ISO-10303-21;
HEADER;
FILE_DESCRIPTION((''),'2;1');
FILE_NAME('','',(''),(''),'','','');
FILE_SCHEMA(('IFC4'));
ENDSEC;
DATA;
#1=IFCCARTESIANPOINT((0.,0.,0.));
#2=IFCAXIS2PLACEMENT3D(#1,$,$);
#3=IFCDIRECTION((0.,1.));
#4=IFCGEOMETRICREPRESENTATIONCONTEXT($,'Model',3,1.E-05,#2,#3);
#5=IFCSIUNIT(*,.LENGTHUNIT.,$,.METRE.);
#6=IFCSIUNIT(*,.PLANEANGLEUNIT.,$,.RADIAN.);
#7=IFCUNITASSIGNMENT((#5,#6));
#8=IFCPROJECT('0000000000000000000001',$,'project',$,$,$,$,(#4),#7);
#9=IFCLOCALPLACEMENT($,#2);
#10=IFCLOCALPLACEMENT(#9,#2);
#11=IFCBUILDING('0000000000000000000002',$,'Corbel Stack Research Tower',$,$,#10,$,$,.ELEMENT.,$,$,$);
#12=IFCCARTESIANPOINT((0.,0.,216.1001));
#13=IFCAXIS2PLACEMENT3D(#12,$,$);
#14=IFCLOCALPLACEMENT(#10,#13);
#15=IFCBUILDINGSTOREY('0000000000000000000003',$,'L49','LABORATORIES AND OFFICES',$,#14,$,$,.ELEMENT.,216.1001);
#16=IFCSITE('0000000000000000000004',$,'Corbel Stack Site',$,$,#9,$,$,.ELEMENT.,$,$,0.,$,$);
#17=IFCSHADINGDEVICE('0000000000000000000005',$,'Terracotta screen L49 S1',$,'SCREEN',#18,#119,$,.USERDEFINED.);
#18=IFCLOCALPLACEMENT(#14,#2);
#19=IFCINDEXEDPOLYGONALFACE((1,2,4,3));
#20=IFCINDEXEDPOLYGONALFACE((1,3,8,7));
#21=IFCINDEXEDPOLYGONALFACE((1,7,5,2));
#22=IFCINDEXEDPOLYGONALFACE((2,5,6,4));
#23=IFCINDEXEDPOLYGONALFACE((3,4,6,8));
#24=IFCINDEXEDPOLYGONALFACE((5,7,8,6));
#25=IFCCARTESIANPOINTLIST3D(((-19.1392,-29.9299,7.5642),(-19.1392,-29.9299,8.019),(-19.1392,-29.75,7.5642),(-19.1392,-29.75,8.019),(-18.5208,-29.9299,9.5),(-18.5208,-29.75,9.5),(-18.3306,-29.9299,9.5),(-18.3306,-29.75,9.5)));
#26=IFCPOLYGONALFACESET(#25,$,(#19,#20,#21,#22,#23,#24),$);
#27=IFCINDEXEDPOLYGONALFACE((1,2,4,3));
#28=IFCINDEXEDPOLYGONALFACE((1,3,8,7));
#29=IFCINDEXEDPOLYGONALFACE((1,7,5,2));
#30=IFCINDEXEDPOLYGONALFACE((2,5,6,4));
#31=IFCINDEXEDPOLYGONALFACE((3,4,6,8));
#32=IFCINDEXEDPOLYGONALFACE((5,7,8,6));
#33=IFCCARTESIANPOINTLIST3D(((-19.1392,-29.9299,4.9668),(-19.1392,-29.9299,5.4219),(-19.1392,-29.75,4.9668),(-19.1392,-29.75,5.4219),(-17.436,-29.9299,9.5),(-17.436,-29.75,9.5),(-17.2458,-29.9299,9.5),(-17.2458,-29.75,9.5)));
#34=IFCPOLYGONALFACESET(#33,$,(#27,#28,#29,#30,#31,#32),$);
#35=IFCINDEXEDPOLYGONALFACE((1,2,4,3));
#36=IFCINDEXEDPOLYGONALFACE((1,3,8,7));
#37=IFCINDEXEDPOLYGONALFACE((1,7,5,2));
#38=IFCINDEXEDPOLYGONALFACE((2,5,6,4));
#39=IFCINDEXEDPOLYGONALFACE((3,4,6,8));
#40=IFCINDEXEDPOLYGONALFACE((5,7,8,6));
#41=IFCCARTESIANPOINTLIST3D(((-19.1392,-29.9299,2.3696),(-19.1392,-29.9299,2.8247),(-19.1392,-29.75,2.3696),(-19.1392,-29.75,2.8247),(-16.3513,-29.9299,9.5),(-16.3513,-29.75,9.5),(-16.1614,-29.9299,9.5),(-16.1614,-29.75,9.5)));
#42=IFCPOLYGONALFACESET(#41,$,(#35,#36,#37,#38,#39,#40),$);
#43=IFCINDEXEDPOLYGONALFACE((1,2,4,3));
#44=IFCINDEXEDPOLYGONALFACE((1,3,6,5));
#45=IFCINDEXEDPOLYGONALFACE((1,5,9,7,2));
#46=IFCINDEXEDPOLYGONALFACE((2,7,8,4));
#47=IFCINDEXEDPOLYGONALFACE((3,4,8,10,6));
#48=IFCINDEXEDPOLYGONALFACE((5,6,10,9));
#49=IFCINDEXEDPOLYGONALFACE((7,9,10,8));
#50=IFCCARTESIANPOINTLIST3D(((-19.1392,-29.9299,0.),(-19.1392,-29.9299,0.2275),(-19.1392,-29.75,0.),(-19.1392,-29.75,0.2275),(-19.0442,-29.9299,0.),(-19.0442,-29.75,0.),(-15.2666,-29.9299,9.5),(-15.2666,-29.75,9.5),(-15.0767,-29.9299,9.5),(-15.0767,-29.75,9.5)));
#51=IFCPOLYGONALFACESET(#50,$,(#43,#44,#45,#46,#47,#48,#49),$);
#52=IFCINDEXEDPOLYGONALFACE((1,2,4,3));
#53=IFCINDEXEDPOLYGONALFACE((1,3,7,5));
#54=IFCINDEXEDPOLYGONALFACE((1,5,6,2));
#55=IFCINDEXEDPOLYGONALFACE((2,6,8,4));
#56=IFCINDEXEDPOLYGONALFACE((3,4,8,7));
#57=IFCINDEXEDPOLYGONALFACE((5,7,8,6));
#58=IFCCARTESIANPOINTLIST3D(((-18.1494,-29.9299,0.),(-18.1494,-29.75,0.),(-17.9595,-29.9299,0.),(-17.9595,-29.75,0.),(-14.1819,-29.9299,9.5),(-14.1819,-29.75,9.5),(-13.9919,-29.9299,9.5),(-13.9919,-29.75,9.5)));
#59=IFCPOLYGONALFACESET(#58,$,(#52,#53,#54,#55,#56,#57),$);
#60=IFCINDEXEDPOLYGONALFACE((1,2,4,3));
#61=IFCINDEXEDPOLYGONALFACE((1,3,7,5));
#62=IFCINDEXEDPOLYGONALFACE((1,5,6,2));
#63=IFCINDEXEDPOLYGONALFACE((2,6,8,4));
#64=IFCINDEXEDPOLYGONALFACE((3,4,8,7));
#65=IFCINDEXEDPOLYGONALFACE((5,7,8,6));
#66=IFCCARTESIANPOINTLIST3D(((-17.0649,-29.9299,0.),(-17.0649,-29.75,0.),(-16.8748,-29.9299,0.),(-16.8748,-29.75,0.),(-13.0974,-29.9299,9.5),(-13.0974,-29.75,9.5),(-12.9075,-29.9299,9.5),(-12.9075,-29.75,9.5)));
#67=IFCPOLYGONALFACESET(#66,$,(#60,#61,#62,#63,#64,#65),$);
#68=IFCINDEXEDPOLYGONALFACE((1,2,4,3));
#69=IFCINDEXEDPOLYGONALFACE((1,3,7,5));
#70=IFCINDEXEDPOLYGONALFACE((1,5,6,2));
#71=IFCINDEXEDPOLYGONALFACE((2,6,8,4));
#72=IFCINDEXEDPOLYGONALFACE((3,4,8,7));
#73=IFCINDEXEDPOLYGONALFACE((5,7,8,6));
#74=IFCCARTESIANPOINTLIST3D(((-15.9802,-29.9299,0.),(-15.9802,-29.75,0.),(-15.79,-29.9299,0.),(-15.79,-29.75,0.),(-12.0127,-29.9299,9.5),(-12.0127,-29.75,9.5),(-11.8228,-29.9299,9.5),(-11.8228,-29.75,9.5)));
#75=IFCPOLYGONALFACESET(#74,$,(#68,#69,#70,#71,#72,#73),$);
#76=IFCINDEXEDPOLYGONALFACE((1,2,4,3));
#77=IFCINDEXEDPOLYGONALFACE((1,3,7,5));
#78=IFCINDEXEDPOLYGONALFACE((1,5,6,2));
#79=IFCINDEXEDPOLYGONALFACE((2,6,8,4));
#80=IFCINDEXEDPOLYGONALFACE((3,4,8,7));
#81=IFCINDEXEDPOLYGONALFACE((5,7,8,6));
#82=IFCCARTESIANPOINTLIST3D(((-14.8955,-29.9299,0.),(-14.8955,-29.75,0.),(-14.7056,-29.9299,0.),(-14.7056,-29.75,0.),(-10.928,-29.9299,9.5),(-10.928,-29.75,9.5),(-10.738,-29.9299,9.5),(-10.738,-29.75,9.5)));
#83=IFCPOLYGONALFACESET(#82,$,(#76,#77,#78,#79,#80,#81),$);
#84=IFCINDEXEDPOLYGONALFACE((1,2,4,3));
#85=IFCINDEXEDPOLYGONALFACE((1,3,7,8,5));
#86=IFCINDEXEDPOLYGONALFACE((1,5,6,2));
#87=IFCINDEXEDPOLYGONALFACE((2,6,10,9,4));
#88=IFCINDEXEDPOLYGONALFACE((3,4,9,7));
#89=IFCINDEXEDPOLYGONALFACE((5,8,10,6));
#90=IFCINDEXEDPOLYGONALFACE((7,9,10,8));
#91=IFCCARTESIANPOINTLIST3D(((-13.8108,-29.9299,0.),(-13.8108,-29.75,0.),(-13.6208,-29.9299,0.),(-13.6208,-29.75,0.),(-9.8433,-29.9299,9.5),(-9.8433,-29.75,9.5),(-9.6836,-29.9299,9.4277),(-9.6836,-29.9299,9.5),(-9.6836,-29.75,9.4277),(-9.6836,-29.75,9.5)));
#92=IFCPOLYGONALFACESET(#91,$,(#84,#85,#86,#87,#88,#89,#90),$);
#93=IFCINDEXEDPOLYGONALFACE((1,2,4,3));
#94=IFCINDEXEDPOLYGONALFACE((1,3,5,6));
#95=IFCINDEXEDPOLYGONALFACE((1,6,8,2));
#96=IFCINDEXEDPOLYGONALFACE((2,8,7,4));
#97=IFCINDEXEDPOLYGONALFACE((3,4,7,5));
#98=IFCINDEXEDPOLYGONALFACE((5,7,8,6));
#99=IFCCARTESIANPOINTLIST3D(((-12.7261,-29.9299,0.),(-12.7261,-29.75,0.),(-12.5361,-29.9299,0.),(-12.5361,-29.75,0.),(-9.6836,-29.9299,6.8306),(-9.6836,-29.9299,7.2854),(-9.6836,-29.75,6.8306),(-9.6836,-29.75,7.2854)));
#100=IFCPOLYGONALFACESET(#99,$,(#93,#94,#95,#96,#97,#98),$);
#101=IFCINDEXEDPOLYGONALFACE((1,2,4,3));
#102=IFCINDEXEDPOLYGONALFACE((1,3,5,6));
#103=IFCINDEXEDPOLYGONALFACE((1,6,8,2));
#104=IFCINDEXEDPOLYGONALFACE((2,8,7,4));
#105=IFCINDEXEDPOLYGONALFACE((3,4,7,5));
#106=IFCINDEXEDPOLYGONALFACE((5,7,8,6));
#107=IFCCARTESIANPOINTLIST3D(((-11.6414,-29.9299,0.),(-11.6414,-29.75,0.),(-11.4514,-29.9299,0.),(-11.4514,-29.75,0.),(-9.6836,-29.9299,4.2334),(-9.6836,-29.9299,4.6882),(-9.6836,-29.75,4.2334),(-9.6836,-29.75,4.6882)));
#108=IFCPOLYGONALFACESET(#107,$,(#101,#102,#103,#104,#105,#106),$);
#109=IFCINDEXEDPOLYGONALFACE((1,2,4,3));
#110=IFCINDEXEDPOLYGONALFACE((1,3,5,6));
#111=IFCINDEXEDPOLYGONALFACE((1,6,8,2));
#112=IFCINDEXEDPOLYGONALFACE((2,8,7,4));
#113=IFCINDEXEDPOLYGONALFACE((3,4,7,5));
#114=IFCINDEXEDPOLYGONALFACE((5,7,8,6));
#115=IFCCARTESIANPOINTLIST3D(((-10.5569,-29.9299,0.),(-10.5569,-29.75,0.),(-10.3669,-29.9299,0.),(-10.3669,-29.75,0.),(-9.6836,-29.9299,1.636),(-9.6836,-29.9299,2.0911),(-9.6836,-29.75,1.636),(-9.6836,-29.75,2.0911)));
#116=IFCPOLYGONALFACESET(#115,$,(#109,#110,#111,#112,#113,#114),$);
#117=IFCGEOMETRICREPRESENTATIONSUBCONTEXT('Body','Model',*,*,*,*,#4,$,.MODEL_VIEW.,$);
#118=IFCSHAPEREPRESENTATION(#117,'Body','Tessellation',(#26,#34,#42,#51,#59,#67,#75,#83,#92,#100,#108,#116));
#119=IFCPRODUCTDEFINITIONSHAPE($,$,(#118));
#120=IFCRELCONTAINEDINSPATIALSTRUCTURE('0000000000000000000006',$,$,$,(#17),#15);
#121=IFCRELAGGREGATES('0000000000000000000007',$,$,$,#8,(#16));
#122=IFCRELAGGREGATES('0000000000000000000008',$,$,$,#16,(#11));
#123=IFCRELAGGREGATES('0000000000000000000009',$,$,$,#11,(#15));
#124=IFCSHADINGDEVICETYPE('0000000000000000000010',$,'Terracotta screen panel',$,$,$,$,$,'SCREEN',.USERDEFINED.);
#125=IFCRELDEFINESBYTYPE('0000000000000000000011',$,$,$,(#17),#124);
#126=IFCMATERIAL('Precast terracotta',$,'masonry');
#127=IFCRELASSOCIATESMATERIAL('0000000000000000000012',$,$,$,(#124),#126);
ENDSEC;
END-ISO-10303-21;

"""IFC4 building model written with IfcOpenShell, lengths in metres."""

from ifc_helpers import new_model, si_unit, direction, frame, origin, place, context, subcontext, project, spatial, polyline, outline, extrude, source, transform, mapped, material, type_object, element, save


model = new_model("IFC4")

# Units and contexts
model_context = context("Model", 3, precision=1e-05, world=origin(), true_north=direction((0.0, 1.0)))
body_context = subcontext(model_context, "Body", "Model", "MODEL_VIEW")
ifc_project = project(units=[si_unit("LENGTHUNIT", "METRE"), si_unit("PLANEANGLEUNIT", "RADIAN")], contexts=[model_context])

# Site, building, storey
site_placement = place(None, origin())
site = spatial("IfcSite", under=ifc_project, at=site_placement, Name="Corbel Stack Site", CompositionType="ELEMENT", RefElevation=0.0)
building_placement = place(site_placement, origin())
building = spatial("IfcBuilding", under=site, at=building_placement, Name="Corbel Stack Research Tower", CompositionType="ELEMENT")
storey_placement = place(building_placement, frame((0.0, 0.0, 216.1001)))
storey = spatial("IfcBuildingStorey", under=building, at=storey_placement, Name="L49", Description="LABORATORIES AND OFFICES", CompositionType="ELEMENT", Elevation=216.1001)

# Shading device
ifc_material_1 = material(Name="Precast terracotta", Category="masonry")
shading_device_type = type_object("IfcShadingDeviceType", Name="Terracotta screen panel", ElementType="SCREEN", PredefinedType="USERDEFINED", material=ifc_material_1)
shared_shape_1 = source(origin(), body_context, "Body", "SweptSolid", [
    extrude(outline(polyline([(0.8086, 9.5), (0.6184, 9.5), (0.0, 8.019), (0.0, 7.5642), (0.8086, 9.5)])), frame((0.0, 0.0, 0.0), z_axis=(0.0, -1.0, 0.0), x_axis=(1.0, 0.0, 0.0)), (0.0, 0.0, 1.0), 0.1799),
    extrude(outline(polyline([(1.8933, 9.5), (1.7031, 9.5), (0.0, 5.4219), (0.0, 4.9668), (1.8933, 9.5)])), frame((0.0, 0.0, 0.0), z_axis=(0.0, -1.0, 0.0), x_axis=(1.0, 0.0, 0.0)), (0.0, 0.0, 1.0), 0.1799),
    extrude(outline(polyline([(2.9778, 9.5), (2.7878, 9.5), (0.0, 2.8247), (0.0, 2.3696), (2.9778, 9.5)])), frame((0.0, 0.0, 0.0), z_axis=(0.0, -1.0, 0.0), x_axis=(1.0, 0.0, 0.0)), (0.0, 0.0, 1.0), 0.1799),
    extrude(outline(polyline([(0.095, 0.0), (4.0625, 9.5), (3.8726, 9.5), (0.0, 0.2275), (0.0, 0.0), (0.095, 0.0)])), frame((0.0, 0.0, 0.0), z_axis=(0.0, -1.0, 0.0), x_axis=(1.0, 0.0, 0.0)), (0.0, 0.0, 1.0), 0.1799),
    extrude(outline(polyline([(1.1797, 0.0), (5.1472, 9.5), (4.9573, 9.5), (0.9897, 0.0), (1.1797, 0.0)])), frame((0.0, 0.0, 0.0), z_axis=(0.0, -1.0, 0.0), x_axis=(1.0, 0.0, 0.0)), (0.0, 0.0, 1.0), 0.1799),
    extrude(outline(polyline([(2.2644, 0.0), (6.2317, 9.5), (6.0417, 9.5), (2.0742, 0.0), (2.2644, 0.0)])), frame((0.0, 0.0, 0.0), z_axis=(0.0, -1.0, 0.0), x_axis=(1.0, 0.0, 0.0)), (0.0, 0.0, 1.0), 0.1799),
    extrude(outline(polyline([(3.3491, 0.0), (7.3164, 9.5), (7.1265, 9.5), (3.1589, 0.0), (3.3491, 0.0)])), frame((0.0, 0.0, 0.0), z_axis=(0.0, -1.0, 0.0), x_axis=(1.0, 0.0, 0.0)), (0.0, 0.0, 1.0), 0.1799),
    extrude(outline(polyline([(4.4336, 0.0), (8.4011, 9.5), (8.2112, 9.5), (4.2437, 0.0), (4.4336, 0.0)])), frame((0.0, 0.0, 0.0), z_axis=(0.0, -1.0, 0.0), x_axis=(1.0, 0.0, 0.0)), (0.0, 0.0, 1.0), 0.1799),
    extrude(outline(polyline([(5.5183, 0.0), (9.4556, 9.4277), (9.4556, 9.5), (9.2959, 9.5), (5.3284, 0.0), (5.5183, 0.0)])), frame((0.0, 0.0, 0.0), z_axis=(0.0, -1.0, 0.0), x_axis=(1.0, 0.0, 0.0)), (0.0, 0.0, 1.0), 0.1799),
    extrude(outline(polyline([(6.603, 0.0), (9.4556, 6.8306), (9.4556, 7.2854), (6.4131, 0.0), (6.603, 0.0)])), frame((0.0, 0.0, 0.0), z_axis=(0.0, -1.0, 0.0), x_axis=(1.0, 0.0, 0.0)), (0.0, 0.0, 1.0), 0.1799),
    extrude(outline(polyline([(7.6877, 0.0), (9.4556, 4.2334), (9.4556, 4.6882), (7.4978, 0.0), (7.6877, 0.0)])), frame((0.0, 0.0, 0.0), z_axis=(0.0, -1.0, 0.0), x_axis=(1.0, 0.0, 0.0)), (0.0, 0.0, 1.0), 0.1799),
    extrude(outline(polyline([(8.7722, 0.0), (9.4556, 1.636), (9.4556, 2.0911), (8.5823, 0.0), (8.7722, 0.0)])), frame((0.0, 0.0, 0.0), z_axis=(0.0, -1.0, 0.0), x_axis=(1.0, 0.0, 0.0)), (0.0, 0.0, 1.0), 0.1799),
])
shading_device_1_placement = place(storey_placement, frame((-19.1392, -29.75, 0.0), z_axis=(0.0, 0.0, 1.0), x_axis=(1.0, 0.0, 0.0)))
element("IfcShadingDevice", 1, at=shading_device_1_placement, inside=storey, type_object=shading_device_type, Name="Terracotta screen L49 S1", ObjectType="SCREEN", PredefinedType="USERDEFINED", context=body_context, shape_type="MappedRepresentation", body=[
    mapped(shared_shape_1, transform((0.0, 0.0, 0.0))),
])

save(model, "model.ifc")
